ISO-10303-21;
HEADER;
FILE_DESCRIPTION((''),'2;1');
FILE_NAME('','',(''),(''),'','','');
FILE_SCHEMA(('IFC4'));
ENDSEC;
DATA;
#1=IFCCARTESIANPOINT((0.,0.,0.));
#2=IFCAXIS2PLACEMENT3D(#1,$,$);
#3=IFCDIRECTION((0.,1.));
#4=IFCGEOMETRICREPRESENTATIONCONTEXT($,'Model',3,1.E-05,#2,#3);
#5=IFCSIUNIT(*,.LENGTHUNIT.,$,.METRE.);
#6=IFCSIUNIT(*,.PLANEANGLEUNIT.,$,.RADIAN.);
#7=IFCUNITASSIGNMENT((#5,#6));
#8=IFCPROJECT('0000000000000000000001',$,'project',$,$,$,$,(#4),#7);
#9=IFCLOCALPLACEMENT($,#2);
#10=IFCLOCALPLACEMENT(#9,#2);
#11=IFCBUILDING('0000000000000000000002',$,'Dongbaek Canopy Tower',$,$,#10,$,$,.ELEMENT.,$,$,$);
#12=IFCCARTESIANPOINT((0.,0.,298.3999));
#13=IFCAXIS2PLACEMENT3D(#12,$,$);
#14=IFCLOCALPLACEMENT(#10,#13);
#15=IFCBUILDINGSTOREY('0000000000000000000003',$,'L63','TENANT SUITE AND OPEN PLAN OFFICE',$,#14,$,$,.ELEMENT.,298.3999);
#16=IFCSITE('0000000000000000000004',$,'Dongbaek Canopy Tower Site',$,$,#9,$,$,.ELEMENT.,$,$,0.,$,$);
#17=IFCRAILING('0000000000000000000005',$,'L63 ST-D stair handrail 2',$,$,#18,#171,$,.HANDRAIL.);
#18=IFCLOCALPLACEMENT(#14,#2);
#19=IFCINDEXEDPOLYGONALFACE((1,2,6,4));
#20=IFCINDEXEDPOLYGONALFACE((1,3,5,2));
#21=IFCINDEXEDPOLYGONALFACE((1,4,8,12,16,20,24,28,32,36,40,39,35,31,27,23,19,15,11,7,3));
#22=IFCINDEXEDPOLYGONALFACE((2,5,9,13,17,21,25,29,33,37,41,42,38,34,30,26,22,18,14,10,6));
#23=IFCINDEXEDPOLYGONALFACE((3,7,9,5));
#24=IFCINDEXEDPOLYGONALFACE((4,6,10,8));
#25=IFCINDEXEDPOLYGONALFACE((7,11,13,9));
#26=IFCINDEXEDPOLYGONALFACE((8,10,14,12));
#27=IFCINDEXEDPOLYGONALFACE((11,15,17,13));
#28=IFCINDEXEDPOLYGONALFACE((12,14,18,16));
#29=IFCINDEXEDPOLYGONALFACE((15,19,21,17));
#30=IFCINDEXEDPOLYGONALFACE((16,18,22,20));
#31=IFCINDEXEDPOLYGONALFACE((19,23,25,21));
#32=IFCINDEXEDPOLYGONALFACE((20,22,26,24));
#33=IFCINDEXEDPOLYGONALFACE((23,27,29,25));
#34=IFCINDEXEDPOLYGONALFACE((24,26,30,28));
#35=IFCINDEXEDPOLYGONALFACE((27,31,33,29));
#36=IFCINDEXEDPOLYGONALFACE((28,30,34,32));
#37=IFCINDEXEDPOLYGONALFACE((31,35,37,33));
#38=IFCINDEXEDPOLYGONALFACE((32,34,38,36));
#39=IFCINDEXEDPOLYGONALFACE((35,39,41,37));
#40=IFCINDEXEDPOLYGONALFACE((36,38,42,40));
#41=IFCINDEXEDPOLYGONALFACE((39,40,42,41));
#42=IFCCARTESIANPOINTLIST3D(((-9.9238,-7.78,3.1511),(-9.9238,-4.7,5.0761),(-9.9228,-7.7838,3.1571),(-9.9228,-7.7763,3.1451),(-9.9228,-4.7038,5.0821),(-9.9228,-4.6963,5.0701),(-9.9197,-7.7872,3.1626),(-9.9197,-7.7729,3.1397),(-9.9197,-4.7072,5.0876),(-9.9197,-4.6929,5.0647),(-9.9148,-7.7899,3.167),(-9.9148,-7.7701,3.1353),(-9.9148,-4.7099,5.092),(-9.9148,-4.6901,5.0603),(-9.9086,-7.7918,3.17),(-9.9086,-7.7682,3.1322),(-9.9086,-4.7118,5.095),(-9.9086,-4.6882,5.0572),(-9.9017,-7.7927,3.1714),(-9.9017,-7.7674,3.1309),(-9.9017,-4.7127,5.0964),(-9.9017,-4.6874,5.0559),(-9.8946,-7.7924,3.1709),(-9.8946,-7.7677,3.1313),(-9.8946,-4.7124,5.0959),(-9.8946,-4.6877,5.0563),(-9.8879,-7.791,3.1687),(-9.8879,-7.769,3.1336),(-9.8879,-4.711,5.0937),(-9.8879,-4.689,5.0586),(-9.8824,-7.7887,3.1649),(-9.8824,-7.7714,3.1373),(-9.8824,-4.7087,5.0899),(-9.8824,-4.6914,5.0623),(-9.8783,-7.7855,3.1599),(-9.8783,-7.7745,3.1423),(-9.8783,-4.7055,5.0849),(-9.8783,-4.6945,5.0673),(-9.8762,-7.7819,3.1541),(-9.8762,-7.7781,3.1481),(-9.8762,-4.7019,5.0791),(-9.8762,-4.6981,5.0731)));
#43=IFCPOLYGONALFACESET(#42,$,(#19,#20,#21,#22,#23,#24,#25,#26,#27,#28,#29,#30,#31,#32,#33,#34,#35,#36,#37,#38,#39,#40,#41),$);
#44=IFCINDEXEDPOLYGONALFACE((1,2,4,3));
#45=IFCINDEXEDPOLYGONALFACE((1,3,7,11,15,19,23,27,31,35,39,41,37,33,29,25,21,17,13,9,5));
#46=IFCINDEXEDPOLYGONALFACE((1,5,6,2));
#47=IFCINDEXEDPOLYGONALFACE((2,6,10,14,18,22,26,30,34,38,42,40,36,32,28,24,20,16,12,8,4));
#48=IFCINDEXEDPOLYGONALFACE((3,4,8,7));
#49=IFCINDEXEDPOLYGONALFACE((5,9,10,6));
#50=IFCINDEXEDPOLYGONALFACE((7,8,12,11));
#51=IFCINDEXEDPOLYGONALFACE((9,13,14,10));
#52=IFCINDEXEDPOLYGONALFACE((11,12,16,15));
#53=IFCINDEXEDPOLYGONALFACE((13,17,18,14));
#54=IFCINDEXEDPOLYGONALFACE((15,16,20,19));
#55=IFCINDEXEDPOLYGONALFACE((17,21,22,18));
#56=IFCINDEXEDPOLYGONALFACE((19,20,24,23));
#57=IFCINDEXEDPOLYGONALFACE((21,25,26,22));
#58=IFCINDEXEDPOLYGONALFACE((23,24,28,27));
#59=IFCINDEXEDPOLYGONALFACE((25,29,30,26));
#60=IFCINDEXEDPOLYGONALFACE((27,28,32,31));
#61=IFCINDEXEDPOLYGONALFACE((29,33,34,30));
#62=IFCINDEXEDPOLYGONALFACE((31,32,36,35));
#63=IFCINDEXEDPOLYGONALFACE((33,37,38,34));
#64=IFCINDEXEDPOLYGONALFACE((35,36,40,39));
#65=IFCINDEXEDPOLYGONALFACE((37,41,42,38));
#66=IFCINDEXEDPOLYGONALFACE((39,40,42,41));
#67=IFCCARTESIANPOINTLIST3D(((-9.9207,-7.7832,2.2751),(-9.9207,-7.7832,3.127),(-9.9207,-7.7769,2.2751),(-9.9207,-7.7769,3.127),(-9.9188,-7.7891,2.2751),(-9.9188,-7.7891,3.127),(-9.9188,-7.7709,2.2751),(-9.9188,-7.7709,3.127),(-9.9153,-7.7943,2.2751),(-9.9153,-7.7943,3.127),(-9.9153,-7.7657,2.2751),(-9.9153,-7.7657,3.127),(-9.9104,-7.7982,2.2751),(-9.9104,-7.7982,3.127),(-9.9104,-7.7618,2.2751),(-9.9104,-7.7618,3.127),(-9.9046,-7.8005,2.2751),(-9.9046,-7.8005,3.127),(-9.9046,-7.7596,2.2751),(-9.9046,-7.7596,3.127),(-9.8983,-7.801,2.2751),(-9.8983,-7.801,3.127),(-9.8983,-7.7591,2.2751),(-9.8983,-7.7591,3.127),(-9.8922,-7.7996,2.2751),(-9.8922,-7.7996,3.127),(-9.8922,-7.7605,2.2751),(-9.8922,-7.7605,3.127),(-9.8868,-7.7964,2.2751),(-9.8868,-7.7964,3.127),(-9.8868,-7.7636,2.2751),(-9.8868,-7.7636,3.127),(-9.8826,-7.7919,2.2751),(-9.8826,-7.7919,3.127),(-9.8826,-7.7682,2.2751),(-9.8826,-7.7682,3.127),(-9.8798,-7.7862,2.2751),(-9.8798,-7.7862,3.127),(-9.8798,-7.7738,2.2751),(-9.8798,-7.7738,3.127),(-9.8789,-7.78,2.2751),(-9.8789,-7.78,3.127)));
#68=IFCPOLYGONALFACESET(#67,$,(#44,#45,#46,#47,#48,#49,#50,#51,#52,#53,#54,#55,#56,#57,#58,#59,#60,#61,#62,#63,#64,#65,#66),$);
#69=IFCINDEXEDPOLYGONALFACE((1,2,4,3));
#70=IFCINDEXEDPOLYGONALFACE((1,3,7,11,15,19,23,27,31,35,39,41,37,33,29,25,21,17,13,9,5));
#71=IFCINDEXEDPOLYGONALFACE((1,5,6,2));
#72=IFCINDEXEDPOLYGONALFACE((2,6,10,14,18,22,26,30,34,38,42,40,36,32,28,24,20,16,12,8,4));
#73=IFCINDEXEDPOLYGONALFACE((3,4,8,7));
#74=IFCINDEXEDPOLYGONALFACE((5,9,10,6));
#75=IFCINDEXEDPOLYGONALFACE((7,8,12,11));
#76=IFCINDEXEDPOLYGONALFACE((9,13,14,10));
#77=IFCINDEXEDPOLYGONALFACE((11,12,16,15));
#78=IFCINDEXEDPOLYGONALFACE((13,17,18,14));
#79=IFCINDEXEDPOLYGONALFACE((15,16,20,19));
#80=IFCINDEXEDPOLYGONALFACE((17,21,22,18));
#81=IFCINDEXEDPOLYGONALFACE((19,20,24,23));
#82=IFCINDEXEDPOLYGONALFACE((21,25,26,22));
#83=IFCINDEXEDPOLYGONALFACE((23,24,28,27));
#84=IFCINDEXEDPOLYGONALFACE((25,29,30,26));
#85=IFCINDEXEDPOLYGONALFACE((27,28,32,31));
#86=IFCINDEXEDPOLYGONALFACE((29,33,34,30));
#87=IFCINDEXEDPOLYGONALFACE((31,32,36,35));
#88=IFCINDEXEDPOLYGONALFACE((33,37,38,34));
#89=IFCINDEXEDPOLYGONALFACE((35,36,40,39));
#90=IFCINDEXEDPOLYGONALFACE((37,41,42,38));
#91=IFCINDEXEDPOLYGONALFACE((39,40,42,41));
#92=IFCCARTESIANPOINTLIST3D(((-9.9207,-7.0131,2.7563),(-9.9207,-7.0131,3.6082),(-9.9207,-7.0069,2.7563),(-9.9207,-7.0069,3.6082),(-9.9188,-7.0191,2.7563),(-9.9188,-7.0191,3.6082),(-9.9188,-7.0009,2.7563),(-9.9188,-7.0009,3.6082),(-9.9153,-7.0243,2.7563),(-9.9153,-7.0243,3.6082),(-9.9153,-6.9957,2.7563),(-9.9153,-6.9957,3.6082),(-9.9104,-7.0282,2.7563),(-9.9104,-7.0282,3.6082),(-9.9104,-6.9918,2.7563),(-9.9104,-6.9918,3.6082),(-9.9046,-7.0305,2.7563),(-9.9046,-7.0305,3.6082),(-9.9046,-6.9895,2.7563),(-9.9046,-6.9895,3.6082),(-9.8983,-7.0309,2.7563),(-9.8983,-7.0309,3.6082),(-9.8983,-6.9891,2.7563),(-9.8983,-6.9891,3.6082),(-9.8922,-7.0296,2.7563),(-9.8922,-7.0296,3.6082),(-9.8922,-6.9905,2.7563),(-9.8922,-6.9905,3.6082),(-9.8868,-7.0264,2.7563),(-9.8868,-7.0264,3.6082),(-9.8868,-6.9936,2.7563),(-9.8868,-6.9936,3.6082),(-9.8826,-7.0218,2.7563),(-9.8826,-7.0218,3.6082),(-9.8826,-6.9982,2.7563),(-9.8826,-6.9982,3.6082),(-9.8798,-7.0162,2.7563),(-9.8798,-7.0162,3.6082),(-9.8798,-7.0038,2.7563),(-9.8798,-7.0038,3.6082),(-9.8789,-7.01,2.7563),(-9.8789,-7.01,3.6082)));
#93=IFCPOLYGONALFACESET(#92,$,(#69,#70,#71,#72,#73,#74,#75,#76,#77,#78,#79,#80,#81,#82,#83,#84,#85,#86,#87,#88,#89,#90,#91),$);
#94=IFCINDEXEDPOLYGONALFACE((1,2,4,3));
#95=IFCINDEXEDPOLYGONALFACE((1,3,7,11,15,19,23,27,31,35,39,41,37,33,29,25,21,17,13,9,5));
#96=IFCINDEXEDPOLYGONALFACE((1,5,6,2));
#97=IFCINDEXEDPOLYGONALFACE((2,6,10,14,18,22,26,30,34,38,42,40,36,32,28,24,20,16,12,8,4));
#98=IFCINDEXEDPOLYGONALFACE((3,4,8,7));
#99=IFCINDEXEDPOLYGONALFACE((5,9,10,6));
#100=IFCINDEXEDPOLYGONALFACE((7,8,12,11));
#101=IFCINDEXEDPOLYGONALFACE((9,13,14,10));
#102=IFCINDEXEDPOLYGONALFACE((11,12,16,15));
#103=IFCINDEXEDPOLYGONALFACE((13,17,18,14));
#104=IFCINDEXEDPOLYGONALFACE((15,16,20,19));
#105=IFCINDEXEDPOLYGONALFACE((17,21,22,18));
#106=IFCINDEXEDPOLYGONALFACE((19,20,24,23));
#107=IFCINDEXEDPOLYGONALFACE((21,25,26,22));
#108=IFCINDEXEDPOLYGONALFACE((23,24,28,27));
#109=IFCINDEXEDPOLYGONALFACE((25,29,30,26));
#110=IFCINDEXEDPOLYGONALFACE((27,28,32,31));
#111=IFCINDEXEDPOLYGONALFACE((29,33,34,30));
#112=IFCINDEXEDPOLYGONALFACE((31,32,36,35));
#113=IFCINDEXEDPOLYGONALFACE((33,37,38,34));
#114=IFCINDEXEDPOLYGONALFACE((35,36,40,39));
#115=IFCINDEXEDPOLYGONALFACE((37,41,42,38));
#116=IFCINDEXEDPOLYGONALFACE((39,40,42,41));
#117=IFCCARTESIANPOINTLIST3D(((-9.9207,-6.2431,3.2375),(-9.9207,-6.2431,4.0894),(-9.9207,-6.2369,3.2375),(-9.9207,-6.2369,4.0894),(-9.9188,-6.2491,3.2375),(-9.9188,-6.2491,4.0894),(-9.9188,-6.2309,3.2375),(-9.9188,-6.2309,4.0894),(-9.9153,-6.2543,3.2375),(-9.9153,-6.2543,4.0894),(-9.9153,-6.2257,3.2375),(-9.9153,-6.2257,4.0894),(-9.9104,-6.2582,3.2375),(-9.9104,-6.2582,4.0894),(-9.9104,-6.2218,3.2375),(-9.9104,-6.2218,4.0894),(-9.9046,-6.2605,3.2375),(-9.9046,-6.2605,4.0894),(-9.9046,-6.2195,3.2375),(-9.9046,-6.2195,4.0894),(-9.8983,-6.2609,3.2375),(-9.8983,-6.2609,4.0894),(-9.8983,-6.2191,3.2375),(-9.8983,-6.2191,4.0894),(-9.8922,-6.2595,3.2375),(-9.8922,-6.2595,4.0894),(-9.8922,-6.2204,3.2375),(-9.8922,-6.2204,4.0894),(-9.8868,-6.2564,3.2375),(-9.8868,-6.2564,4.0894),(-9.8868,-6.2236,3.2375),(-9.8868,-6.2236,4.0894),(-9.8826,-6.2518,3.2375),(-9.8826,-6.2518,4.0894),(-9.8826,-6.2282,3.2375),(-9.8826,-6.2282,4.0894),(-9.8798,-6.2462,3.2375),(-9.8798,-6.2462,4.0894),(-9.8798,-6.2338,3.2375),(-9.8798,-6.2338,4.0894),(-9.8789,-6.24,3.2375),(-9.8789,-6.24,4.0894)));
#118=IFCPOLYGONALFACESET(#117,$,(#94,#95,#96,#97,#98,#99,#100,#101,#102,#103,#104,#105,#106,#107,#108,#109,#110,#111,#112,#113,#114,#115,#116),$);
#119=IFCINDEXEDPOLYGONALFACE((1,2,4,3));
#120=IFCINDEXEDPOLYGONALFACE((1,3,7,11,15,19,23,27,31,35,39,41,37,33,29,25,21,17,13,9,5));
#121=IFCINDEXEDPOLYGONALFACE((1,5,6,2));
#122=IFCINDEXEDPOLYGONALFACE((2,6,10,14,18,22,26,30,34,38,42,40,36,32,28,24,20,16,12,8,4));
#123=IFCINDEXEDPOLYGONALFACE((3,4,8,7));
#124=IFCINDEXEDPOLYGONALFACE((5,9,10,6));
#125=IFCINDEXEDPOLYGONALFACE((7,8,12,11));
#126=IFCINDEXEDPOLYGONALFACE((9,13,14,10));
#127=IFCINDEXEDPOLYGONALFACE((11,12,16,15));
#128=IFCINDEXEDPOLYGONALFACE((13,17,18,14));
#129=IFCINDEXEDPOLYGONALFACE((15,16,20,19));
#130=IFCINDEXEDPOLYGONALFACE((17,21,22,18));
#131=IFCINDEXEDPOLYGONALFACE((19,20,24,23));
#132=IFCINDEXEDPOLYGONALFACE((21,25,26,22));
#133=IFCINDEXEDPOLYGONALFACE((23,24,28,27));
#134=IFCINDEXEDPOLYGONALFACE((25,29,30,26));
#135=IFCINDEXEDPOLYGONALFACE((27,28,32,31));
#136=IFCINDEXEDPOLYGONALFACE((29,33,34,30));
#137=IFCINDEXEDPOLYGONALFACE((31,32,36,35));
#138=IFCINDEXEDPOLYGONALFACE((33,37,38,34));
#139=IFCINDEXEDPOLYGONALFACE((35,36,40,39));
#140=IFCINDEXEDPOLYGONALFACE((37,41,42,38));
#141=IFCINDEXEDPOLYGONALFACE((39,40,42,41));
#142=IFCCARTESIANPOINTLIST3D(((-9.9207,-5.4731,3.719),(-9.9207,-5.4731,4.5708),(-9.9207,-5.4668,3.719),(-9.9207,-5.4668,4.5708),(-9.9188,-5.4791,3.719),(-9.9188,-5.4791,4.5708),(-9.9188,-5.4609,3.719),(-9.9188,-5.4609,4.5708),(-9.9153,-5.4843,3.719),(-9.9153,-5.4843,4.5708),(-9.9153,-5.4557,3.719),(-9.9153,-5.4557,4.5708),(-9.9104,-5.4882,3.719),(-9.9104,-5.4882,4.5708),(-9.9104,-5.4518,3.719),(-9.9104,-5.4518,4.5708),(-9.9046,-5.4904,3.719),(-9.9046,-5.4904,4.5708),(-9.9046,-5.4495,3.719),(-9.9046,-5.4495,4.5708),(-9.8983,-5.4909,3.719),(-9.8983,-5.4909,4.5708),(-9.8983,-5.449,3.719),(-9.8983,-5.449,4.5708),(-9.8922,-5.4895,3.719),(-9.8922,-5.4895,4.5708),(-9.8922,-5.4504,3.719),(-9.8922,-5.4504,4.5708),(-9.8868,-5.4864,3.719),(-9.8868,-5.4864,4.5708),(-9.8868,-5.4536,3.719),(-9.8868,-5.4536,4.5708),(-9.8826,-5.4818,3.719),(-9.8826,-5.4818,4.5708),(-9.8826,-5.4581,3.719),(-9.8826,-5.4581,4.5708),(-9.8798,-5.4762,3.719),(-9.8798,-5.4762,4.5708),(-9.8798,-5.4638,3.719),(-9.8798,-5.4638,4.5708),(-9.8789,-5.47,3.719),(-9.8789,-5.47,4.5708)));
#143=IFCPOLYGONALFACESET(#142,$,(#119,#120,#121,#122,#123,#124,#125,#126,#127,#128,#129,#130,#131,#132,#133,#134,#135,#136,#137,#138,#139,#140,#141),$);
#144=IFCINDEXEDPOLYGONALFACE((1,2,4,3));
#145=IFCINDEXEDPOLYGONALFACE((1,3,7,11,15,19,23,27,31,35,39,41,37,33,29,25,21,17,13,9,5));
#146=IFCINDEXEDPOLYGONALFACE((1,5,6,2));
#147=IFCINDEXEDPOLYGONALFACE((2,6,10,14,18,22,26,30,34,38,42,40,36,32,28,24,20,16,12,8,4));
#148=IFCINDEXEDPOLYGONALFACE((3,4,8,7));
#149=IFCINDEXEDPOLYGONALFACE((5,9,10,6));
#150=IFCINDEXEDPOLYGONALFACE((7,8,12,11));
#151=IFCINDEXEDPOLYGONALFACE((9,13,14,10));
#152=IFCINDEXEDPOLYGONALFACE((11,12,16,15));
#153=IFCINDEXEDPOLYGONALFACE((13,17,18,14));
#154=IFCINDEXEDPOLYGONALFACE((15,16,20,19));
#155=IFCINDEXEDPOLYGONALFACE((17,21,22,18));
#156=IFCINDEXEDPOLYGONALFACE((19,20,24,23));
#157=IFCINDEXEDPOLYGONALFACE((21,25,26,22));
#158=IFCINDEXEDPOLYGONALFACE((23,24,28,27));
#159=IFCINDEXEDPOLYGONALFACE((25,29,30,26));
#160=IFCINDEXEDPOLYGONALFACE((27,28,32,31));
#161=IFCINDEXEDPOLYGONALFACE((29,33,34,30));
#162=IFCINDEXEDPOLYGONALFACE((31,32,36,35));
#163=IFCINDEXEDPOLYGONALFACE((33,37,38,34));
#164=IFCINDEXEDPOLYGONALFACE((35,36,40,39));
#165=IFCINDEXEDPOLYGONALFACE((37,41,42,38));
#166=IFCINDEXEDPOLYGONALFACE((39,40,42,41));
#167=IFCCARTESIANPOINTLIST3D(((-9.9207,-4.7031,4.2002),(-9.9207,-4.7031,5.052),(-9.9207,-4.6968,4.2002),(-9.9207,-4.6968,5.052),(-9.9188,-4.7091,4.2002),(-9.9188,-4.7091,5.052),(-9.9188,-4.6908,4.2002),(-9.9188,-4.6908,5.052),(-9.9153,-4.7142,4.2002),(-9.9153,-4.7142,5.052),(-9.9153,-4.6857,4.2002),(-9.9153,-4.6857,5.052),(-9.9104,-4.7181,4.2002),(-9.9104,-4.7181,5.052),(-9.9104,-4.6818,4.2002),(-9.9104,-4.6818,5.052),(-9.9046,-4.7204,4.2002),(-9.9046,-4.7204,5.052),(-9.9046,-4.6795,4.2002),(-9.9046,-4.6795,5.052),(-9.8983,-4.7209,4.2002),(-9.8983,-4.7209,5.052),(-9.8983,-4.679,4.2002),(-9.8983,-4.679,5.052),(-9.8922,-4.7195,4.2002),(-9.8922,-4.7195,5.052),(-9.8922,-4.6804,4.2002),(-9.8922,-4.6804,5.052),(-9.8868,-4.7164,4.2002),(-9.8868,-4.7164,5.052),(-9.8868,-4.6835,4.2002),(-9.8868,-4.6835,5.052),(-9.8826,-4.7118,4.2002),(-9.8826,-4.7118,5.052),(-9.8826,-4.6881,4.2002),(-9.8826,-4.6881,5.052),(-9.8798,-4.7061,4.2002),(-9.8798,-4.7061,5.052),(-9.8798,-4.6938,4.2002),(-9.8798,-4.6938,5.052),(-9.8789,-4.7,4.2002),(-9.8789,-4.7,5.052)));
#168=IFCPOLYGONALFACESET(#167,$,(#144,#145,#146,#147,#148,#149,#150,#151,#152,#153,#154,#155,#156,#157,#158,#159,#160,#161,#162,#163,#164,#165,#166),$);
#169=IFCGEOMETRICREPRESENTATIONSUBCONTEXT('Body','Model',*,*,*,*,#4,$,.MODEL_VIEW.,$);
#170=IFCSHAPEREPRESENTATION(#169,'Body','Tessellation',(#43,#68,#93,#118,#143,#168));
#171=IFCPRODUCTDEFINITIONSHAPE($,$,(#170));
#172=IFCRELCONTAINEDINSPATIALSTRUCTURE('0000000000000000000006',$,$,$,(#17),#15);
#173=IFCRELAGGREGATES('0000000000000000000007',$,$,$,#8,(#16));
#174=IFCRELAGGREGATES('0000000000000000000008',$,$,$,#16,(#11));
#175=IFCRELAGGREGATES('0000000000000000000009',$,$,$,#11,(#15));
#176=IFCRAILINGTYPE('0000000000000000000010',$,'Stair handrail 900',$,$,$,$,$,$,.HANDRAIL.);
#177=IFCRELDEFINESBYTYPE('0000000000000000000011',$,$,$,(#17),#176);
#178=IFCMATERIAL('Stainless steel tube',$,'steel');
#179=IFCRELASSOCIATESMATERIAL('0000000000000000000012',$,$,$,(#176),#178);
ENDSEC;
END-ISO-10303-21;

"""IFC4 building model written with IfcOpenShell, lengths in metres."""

from ifc_helpers import new_model, si_unit, direction, frame, origin, origin_2d, place, context, subcontext, project, spatial, circle, extrude, material, type_object, element, save


model = new_model("IFC4")

# Units and contexts
model_context = context("Model", 3, precision=1e-05, world=origin(), true_north=direction((0.0, 1.0)))
body_context = subcontext(model_context, "Body", "Model", "MODEL_VIEW")
ifc_project = project(units=[si_unit("LENGTHUNIT", "METRE"), si_unit("PLANEANGLEUNIT", "RADIAN")], contexts=[model_context])

# Site, building, storey
site_placement = place(None, origin())
site = spatial("IfcSite", under=ifc_project, at=site_placement, Name="Dongbaek Canopy Tower Site", CompositionType="ELEMENT", RefElevation=0.0)
building_placement = place(site_placement, origin())
building = spatial("IfcBuilding", under=site, at=building_placement, Name="Dongbaek Canopy Tower", CompositionType="ELEMENT")
storey_placement = place(building_placement, frame((0.0, 0.0, 298.3999)))
storey = spatial("IfcBuildingStorey", under=building, at=storey_placement, Name="L63", Description="TENANT SUITE AND OPEN PLAN OFFICE", CompositionType="ELEMENT", Elevation=298.3999)

# Railing
ifc_material_1 = material(Name="Stainless steel tube", Category="steel")
railing_type_1 = type_object("IfcRailingType", Name="Stair handrail 900", PredefinedType="HANDRAIL", material=ifc_material_1)
railing_1_placement = place(storey_placement, frame((-9.8999, -7.78, 2.2751)))
element("IfcRailing", 1, at=railing_1_placement, inside=storey, type_object=railing_type_1, Name="L63 ST-D stair handrail 2", PredefinedType="HANDRAIL", context=body_context, shape_type="SweptSolid", body=[
    extrude(circle(Radius=0.0239, at=origin_2d()), frame((0.0, 0.0, 0.876), z_axis=(0.0, 0.847998, 0.529999), x_axis=(-1.0, 0.0, 0.0)), (0.0, 0.0, 1.0), 3.6321),
    extrude(circle(Radius=0.021, at=origin_2d()), origin(), (0.0, 0.0, 1.0), 0.8518),
    extrude(circle(Radius=0.021, at=origin_2d()), frame((0.0, 0.77, 0.4812)), (0.0, 0.0, 1.0), 0.8518),
    extrude(circle(Radius=0.021, at=origin_2d()), frame((0.0, 1.54, 0.9624)), (0.0, 0.0, 1.0), 0.8518),
    extrude(circle(Radius=0.021, at=origin_2d()), frame((0.0, 2.3101, 1.4438)), (0.0, 0.0, 1.0), 0.8518),
    extrude(circle(Radius=0.021, at=origin_2d()), frame((0.0, 3.0801, 1.925)), (0.0, 0.0, 1.0), 0.8518),
])

save(model, "model.ifc")
